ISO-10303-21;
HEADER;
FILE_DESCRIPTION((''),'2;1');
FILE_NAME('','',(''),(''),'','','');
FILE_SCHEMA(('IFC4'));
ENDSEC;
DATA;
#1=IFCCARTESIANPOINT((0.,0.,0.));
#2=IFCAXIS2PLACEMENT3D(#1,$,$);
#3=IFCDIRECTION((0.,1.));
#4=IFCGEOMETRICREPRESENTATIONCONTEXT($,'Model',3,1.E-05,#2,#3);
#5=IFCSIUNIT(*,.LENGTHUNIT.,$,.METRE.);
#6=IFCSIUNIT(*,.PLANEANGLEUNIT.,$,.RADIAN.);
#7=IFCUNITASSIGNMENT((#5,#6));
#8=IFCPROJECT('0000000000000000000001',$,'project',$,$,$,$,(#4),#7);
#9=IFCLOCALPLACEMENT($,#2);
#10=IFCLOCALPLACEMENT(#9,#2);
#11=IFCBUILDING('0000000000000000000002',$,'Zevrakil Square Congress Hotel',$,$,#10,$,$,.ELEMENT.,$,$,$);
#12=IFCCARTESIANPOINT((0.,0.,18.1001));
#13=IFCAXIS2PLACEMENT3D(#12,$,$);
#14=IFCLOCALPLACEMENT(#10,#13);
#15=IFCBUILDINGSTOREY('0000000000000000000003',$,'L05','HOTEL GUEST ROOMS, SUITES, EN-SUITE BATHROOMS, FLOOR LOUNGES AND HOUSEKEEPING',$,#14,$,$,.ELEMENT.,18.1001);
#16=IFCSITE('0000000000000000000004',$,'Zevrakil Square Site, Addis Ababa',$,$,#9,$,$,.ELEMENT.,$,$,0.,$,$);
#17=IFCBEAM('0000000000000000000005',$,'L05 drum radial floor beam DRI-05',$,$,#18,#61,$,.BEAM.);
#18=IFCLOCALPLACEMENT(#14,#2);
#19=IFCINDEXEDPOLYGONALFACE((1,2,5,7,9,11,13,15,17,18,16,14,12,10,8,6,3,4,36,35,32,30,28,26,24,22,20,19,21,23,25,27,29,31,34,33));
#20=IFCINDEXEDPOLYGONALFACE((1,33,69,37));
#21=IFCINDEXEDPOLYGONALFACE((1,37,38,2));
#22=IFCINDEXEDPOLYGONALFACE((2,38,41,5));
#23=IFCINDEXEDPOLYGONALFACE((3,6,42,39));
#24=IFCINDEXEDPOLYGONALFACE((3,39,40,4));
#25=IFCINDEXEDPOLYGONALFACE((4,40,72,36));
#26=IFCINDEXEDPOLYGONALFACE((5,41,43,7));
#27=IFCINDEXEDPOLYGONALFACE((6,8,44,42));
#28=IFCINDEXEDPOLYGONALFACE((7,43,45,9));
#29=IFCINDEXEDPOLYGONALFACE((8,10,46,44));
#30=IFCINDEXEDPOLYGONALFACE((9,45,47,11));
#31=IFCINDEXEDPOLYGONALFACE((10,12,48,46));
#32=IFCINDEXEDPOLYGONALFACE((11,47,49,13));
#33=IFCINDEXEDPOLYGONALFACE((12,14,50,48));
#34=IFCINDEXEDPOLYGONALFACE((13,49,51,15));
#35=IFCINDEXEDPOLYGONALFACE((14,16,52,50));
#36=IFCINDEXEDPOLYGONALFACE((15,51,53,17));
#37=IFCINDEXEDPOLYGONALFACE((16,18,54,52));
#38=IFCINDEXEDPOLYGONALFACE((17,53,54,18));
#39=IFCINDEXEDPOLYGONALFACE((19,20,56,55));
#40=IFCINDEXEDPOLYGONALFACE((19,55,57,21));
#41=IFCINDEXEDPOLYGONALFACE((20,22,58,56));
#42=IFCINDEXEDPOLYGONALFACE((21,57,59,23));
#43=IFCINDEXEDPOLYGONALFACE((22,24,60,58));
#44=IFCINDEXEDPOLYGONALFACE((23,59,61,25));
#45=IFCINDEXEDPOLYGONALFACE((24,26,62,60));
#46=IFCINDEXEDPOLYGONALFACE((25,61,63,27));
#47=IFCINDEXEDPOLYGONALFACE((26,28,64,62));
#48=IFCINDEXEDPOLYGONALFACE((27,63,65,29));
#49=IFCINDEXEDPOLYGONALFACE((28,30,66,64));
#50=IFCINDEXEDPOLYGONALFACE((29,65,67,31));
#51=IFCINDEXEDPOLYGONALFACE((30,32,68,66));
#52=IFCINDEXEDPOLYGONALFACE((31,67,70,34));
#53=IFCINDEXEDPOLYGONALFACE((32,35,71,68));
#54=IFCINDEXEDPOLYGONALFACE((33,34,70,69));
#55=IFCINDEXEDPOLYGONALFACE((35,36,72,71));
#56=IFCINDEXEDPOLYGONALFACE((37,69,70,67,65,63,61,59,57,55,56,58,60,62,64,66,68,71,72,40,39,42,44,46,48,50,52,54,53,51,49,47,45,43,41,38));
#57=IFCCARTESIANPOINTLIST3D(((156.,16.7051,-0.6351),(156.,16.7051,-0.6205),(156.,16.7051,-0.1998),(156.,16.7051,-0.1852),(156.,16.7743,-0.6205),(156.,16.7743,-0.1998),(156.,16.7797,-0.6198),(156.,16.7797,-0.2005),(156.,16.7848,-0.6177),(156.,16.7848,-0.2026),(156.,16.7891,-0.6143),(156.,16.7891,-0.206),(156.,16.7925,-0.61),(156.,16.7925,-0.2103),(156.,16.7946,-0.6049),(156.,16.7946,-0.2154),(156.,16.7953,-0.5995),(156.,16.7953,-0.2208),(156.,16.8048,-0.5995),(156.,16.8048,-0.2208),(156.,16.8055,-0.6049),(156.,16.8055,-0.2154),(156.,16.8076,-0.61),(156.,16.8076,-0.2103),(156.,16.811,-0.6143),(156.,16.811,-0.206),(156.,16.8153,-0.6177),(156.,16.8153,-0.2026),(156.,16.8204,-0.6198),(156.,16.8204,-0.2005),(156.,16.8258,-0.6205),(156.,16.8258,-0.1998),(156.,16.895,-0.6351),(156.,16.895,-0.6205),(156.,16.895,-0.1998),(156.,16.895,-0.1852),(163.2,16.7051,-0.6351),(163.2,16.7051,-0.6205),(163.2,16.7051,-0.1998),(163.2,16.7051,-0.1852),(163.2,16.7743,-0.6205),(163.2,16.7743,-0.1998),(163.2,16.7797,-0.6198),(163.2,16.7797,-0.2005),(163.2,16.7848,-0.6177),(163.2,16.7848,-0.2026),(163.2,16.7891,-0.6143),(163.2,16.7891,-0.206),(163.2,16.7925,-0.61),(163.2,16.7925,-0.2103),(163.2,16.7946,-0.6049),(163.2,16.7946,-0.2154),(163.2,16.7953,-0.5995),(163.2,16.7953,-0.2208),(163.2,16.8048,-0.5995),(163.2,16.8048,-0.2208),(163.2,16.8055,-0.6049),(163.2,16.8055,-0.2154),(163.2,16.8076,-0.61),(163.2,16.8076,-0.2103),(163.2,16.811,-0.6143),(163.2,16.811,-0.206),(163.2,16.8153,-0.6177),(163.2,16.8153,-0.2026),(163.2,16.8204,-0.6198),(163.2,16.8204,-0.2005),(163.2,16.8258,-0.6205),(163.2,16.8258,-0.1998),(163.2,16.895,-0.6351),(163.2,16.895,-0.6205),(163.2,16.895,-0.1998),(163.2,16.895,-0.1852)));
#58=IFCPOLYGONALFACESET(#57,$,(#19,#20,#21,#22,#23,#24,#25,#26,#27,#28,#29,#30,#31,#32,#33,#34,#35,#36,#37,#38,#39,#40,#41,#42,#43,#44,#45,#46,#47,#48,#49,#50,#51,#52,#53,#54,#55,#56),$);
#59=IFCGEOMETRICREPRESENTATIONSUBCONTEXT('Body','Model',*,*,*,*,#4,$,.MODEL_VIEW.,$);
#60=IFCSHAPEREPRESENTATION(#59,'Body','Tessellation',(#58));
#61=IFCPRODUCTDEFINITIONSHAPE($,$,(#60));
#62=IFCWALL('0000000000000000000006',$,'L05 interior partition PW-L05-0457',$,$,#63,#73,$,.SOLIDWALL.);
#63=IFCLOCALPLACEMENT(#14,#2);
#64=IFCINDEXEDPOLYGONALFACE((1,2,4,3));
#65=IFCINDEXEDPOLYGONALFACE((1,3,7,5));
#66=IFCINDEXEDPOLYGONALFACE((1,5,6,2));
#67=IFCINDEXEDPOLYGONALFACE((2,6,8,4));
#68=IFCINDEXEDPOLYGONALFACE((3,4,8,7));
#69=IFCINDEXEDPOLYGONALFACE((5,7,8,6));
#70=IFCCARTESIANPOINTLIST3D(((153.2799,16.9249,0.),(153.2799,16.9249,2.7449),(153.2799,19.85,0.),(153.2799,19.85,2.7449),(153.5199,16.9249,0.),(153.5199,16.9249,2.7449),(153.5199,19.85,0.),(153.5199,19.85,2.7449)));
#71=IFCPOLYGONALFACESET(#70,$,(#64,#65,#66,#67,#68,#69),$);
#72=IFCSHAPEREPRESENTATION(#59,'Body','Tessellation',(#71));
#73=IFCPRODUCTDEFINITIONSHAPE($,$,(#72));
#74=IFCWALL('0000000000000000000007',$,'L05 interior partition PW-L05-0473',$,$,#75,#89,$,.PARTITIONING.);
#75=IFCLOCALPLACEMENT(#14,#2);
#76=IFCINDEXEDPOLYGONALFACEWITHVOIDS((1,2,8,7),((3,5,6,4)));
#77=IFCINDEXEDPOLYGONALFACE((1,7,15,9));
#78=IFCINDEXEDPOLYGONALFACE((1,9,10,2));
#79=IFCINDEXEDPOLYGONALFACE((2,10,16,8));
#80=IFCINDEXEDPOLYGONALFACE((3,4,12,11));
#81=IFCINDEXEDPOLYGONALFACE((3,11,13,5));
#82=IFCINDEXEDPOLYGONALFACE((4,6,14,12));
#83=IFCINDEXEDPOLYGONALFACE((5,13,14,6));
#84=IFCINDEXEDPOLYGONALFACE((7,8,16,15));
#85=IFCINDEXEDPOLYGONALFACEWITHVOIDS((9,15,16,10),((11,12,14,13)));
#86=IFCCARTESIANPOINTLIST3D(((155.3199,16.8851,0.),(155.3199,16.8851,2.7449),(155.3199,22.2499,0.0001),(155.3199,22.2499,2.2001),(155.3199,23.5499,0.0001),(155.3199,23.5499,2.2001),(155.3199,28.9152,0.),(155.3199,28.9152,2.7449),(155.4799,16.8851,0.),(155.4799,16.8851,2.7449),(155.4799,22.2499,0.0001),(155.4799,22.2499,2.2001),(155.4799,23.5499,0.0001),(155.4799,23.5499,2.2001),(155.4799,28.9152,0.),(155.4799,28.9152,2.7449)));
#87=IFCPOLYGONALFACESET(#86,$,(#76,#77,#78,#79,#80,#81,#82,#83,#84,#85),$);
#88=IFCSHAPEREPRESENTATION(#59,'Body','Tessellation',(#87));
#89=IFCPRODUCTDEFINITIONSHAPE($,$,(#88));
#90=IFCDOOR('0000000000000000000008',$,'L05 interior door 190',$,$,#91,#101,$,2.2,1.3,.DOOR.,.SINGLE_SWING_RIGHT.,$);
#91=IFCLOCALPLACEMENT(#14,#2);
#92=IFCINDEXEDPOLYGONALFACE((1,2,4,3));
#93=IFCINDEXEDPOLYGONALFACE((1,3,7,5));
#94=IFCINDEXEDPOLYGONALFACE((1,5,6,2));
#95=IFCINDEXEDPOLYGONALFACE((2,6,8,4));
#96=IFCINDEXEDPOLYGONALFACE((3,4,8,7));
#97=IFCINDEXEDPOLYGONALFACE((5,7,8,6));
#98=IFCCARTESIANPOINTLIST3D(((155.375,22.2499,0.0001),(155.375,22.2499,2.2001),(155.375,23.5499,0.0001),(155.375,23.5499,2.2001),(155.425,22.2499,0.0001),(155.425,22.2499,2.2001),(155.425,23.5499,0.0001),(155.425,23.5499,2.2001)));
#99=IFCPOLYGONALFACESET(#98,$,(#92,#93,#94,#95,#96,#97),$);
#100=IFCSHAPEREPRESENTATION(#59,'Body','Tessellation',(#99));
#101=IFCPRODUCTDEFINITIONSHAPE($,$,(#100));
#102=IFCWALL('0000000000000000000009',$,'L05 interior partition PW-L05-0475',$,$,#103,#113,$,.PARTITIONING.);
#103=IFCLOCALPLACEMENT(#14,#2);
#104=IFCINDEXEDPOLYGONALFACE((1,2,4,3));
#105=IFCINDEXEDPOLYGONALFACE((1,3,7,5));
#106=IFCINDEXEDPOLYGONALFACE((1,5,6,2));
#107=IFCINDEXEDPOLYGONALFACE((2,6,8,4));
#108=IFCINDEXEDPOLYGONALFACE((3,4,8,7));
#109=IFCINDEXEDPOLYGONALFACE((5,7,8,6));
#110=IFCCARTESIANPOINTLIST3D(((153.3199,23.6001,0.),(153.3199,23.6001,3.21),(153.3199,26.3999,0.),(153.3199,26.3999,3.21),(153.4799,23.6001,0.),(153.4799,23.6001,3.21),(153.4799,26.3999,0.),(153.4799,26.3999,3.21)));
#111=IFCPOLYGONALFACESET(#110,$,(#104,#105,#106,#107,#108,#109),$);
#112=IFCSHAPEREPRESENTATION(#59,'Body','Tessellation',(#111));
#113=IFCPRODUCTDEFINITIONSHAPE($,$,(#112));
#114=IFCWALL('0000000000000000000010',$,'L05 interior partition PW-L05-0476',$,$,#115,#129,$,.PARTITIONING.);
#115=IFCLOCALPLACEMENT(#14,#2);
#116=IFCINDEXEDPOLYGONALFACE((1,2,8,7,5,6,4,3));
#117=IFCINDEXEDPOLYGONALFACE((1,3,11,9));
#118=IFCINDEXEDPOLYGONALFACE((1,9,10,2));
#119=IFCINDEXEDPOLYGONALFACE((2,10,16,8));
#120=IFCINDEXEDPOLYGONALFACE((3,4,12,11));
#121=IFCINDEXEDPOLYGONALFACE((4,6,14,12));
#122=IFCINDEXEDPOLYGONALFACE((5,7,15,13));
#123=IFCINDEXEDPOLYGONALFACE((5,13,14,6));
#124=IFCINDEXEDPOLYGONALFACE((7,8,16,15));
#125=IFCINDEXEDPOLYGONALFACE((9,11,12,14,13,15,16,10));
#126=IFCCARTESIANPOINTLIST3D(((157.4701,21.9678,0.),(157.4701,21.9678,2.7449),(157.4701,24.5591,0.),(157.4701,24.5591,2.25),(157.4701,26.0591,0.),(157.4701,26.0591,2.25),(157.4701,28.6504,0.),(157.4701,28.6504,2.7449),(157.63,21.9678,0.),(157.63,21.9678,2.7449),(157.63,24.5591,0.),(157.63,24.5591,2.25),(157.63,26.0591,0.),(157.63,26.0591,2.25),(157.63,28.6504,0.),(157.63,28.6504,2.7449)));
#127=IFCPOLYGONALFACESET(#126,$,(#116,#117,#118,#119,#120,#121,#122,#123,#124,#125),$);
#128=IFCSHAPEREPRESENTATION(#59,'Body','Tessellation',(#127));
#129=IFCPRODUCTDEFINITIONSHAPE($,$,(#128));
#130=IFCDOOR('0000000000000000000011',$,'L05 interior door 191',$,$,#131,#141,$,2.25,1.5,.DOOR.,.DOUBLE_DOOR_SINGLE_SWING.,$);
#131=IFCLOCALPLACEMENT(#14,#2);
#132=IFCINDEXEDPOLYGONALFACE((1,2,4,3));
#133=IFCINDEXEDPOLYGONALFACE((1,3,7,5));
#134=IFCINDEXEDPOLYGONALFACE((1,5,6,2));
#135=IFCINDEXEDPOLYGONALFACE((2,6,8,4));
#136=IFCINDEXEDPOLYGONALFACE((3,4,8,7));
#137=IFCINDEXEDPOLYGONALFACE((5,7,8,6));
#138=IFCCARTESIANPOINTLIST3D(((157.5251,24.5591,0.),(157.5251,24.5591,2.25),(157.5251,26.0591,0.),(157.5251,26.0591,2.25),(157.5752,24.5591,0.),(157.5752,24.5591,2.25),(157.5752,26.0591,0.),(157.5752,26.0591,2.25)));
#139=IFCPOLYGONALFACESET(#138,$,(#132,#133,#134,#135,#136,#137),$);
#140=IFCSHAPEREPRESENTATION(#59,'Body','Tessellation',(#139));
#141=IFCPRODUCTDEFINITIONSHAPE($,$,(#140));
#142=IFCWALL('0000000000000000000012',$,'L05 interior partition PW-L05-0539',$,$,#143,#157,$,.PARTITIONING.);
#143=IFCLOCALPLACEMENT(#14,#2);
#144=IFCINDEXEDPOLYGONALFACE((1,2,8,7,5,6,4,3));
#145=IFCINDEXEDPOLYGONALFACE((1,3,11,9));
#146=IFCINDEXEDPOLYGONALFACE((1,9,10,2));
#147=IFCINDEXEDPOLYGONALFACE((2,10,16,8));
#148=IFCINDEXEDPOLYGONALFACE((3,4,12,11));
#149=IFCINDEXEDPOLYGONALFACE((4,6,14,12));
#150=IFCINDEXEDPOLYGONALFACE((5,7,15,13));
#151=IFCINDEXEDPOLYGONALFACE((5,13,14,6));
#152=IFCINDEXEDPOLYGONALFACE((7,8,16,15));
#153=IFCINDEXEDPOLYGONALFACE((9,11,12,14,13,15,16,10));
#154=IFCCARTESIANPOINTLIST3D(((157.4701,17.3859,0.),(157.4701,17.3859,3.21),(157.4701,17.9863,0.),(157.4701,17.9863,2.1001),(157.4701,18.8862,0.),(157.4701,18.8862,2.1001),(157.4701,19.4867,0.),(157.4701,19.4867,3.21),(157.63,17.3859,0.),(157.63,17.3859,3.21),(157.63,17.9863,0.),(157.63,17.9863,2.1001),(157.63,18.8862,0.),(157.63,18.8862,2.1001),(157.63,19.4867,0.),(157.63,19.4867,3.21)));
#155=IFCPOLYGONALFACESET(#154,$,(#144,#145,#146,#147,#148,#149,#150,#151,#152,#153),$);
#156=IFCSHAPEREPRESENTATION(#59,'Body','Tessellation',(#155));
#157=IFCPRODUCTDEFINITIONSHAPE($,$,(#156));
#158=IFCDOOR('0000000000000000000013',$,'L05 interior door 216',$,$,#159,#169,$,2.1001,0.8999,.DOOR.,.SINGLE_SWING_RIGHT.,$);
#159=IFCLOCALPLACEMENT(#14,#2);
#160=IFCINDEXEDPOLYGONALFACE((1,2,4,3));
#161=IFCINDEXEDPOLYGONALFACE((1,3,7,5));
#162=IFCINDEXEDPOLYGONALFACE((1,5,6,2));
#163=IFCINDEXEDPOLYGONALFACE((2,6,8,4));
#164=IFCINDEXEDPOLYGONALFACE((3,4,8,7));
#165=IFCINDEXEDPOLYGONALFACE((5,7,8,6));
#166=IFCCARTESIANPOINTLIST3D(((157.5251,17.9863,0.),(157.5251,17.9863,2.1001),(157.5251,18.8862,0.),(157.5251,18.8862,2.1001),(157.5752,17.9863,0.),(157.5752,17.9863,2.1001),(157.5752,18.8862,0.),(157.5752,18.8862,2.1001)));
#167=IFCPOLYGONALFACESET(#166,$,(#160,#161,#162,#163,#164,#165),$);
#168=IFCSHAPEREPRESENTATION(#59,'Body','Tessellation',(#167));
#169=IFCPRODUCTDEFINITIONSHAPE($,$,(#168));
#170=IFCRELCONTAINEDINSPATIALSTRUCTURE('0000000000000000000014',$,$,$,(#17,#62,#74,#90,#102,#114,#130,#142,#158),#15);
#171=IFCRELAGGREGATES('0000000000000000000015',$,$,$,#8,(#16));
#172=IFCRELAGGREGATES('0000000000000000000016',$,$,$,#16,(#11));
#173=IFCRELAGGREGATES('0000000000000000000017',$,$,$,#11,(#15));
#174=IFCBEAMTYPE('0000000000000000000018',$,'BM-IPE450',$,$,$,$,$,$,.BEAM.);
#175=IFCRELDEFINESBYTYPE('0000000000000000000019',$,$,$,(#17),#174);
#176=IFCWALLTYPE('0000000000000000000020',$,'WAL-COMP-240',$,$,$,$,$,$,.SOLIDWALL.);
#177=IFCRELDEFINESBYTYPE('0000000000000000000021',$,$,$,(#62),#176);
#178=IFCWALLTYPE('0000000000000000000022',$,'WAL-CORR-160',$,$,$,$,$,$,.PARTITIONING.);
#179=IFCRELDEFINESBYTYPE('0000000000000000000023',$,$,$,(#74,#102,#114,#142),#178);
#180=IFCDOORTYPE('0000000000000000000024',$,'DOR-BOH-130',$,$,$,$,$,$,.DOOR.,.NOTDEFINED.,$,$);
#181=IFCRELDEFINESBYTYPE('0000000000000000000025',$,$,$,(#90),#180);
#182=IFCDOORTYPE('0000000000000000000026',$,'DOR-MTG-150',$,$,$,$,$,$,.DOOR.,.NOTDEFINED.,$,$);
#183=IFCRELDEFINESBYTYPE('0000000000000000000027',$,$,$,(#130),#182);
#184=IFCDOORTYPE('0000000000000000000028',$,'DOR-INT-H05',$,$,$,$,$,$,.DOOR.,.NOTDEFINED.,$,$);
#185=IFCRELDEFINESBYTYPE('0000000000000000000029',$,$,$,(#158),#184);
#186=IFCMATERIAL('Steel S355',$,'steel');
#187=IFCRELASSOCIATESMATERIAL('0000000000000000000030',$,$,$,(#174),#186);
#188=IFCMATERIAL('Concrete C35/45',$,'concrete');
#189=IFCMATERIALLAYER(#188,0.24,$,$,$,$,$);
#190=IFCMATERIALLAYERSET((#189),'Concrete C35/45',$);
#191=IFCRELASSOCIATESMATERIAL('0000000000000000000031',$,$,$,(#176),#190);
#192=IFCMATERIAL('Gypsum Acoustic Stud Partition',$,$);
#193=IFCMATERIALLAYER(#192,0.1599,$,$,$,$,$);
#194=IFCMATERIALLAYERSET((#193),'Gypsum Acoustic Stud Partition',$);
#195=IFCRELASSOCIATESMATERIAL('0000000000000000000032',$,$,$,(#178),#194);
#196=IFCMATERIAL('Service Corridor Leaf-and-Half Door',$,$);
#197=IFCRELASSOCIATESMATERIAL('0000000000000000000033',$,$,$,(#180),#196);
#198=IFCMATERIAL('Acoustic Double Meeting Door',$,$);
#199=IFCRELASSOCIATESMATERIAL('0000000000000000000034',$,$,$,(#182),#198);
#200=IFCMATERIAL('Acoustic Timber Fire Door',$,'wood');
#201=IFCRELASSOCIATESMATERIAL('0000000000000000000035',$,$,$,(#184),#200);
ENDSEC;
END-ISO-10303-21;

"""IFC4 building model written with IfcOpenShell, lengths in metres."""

from ifc_helpers import new_model, si_unit, direction, frame, frame_2d, origin, origin_2d, place, context, subcontext, project, spatial, rectangle, i_section, extrude, material, layer, layer_set, material_profile, profile_set, type_object, element, fill, save


model = new_model("IFC4")

# Units and contexts
model_context = context("Model", 3, precision=1e-05, world=origin(), true_north=direction((0.0, 1.0)))
body_context = subcontext(model_context, "Body", "Model", "MODEL_VIEW")
ifc_project = project(units=[si_unit("LENGTHUNIT", "METRE"), si_unit("PLANEANGLEUNIT", "RADIAN")], contexts=[model_context])

# Site, building, storey
site_placement = place(None, origin())
site = spatial("IfcSite", under=ifc_project, at=site_placement, Name="Zevrakil Square Site, Addis Ababa", CompositionType="ELEMENT", RefElevation=0.0)
building_placement = place(site_placement, origin())
building = spatial("IfcBuilding", under=site, at=building_placement, Name="Zevrakil Square Congress Hotel", CompositionType="ELEMENT")
storey_placement = place(building_placement, frame((0.0, 0.0, 18.1001)))
storey = spatial("IfcBuildingStorey", under=building, at=storey_placement, Name="L05", Description="HOTEL GUEST ROOMS, SUITES, EN-SUITE BATHROOMS, FLOOR LOUNGES AND HOUSEKEEPING", CompositionType="ELEMENT", Elevation=18.1001)

# Beam
ifc_material_1 = material(Name="Steel S355", Category="steel")
ifc_material_profile = material_profile(ifc_material_1, i_section(OverallWidth=0.1899, OverallDepth=0.45, WebThickness=0.0095, FlangeThickness=0.0146, FilletRadius=0.021, at=origin_2d()), Name="IPE 450")
ifc_profile_set = profile_set([ifc_material_profile], Name="Steel S355")
beam_type = type_object("IfcBeamType", Name="BM-IPE450", PredefinedType="BEAM", material=ifc_profile_set)
beam_placement = place(storey_placement, frame((156.0, 16.8, -0.4102), z_axis=(1.0, 0.0, 0.0), x_axis=(0.0, 1.0, 0.0)))
element("IfcBeam", 1, at=beam_placement, inside=storey, type_object=beam_type, Name="L05 drum radial floor beam DRI-05", PredefinedType="BEAM", context=body_context, shape_type="SweptSolid", body=[
    extrude(i_section(OverallWidth=0.1899, OverallDepth=0.45, WebThickness=0.0095, FlangeThickness=0.0146, FilletRadius=0.021, at=origin_2d()), origin(), (0.0, 0.0, 1.0), 7.2),
])

# Wall
ifc_material_2 = material(Name="Concrete C35/45", Category="concrete")
ifc_layer_1 = layer(ifc_material_2, 0.24)
ifc_layer_set_1 = layer_set([ifc_layer_1], Name="Concrete C35/45")
wall_type_1 = type_object("IfcWallType", Name="WAL-COMP-240", PredefinedType="SOLIDWALL", material=ifc_layer_set_1)
wall_1_placement = place(storey_placement, frame((153.3999, 16.925, 0.0), z_axis=(0.0, 0.0, 1.0), x_axis=(0.0, 1.0, 0.0)))
element("IfcWall", 2, at=wall_1_placement, inside=storey, type_object=wall_type_1, Name="L05 interior partition PW-L05-0457", PredefinedType="SOLIDWALL", context=body_context, shape_type="SweptSolid", body=[
    extrude(rectangle(XDim=2.925, YDim=0.24, at=frame_2d((1.4624, 0.0))), origin(), (0.0, 0.0, 1.0), 2.7449),
])

# Wall, opening, door
ifc_material_3 = material(Name="Gypsum Acoustic Stud Partition")
ifc_layer_2 = layer(ifc_material_3, 0.1599)
ifc_layer_set_2 = layer_set([ifc_layer_2], Name="Gypsum Acoustic Stud Partition")
wall_type_2 = type_object("IfcWallType", Name="WAL-CORR-160", PredefinedType="PARTITIONING", material=ifc_layer_set_2)
wall_2_placement = place(storey_placement, frame((155.3999, 16.885, 0.0), z_axis=(0.0, 0.0, 1.0), x_axis=(0.0, 1.0, 0.0)))
wall_2 = element("IfcWall", 3, at=wall_2_placement, inside=storey, type_object=wall_type_2, Name="L05 interior partition PW-L05-0473", PredefinedType="PARTITIONING", context=body_context, shape_type="SweptSolid", body=[
    extrude(rectangle(XDim=12.03, YDim=0.1599, at=frame_2d((6.0151, 0.0))), origin(), (0.0, 0.0, 1.0), 2.7449),
])
opening_1_placement = place(wall_2_placement, frame((5.365, 0.0, 0.0)))
opening_1 = element("IfcOpeningElement", 4, at=opening_1_placement, cuts=wall_2, PredefinedType="OPENING", context=body_context, shape_type="SweptSolid", body=[
    extrude(rectangle(XDim=1.3, YDim=2.2, at=frame_2d((0.6499, 1.1001))), frame((0.0, 0.0898, 0.0), z_axis=(0.0, -1.0, 0.0), x_axis=(1.0, 0.0, 0.0)), (0.0, 0.0, 1.0), 0.1799),
])
ifc_material_4 = material(Name="Service Corridor Leaf-and-Half Door")
door_type_1 = type_object("IfcDoorType", Name="DOR-BOH-130", OperationType="NOTDEFINED", PredefinedType="DOOR", material=ifc_material_4)
door_1_placement = place(opening_1_placement, origin())
door_1 = element("IfcDoor", 5, at=door_1_placement, inside=storey, type_object=door_type_1, Name="L05 interior door 190", OperationType="SINGLE_SWING_RIGHT", OverallHeight=2.2, OverallWidth=1.3, PredefinedType="DOOR", context=body_context, shape_type="SweptSolid", body=[
    extrude(rectangle(XDim=1.3, YDim=2.2, at=frame_2d((0.6499, 1.1001))), frame((0.0, 0.0249, 0.0), z_axis=(0.0, -1.0, 0.0), x_axis=(1.0, 0.0, 0.0)), (0.0, 0.0, 1.0), 0.05),
])
fill(opening_1, door_1)

# Wall
wall_3_placement = place(storey_placement, frame((153.3999, 23.6001, 0.0), z_axis=(0.0, 0.0, 1.0), x_axis=(0.0, 1.0, 0.0)))
element("IfcWall", 6, at=wall_3_placement, inside=storey, type_object=wall_type_2, Name="L05 interior partition PW-L05-0475", PredefinedType="PARTITIONING", context=body_context, shape_type="SweptSolid", body=[
    extrude(rectangle(XDim=2.7998, YDim=0.1599, at=frame_2d((1.3999, 0.0))), origin(), (0.0, 0.0, 1.0), 3.21),
])

# Walls, openings, doors
wall_4_placement = place(storey_placement, frame((157.55, 21.9678, 0.0), z_axis=(0.0, 0.0, 1.0), x_axis=(0.0, 1.0, 0.0)))
wall_4 = element("IfcWall", 7, at=wall_4_placement, inside=storey, type_object=wall_type_2, Name="L05 interior partition PW-L05-0476", PredefinedType="PARTITIONING", context=body_context, shape_type="SweptSolid", body=[
    extrude(rectangle(XDim=6.6826, YDim=0.1599, at=frame_2d((3.3413, 0.0))), origin(), (0.0, 0.0, 1.0), 2.7449),
])
opening_2_placement = place(wall_4_placement, frame((2.5913, 0.0, 0.0)))
opening_2 = element("IfcOpeningElement", 8, at=opening_2_placement, cuts=wall_4, PredefinedType="OPENING", context=body_context, shape_type="SweptSolid", body=[
    extrude(rectangle(XDim=1.5, YDim=2.25, at=frame_2d((0.75, 1.125))), frame((0.0, 0.0898, 0.0), z_axis=(0.0, -1.0, 0.0), x_axis=(1.0, 0.0, 0.0)), (0.0, 0.0, 1.0), 0.1799),
])
ifc_material_5 = material(Name="Acoustic Double Meeting Door")
door_type_2 = type_object("IfcDoorType", Name="DOR-MTG-150", OperationType="NOTDEFINED", PredefinedType="DOOR", material=ifc_material_5)
door_2_placement = place(opening_2_placement, origin())
door_2 = element("IfcDoor", 9, at=door_2_placement, inside=storey, type_object=door_type_2, Name="L05 interior door 191", OperationType="DOUBLE_DOOR_SINGLE_SWING", OverallHeight=2.25, OverallWidth=1.5, PredefinedType="DOOR", context=body_context, shape_type="SweptSolid", body=[
    extrude(rectangle(XDim=1.5, YDim=2.25, at=frame_2d((0.75, 1.125))), frame((0.0, 0.0249, 0.0), z_axis=(0.0, -1.0, 0.0), x_axis=(1.0, 0.0, 0.0)), (0.0, 0.0, 1.0), 0.05),
])
fill(opening_2, door_2)
wall_5_placement = place(storey_placement, frame((157.55, 17.386, 0.0), z_axis=(0.0, 0.0, 1.0), x_axis=(0.0, 1.0, 0.0)))
wall_5 = element("IfcWall", 10, at=wall_5_placement, inside=storey, type_object=wall_type_2, Name="L05 interior partition PW-L05-0539", PredefinedType="PARTITIONING", context=body_context, shape_type="SweptSolid", body=[
    extrude(rectangle(XDim=2.1008, YDim=0.1599, at=frame_2d((1.0503, 0.0))), origin(), (0.0, 0.0, 1.0), 3.21),
])
opening_3_placement = place(wall_5_placement, frame((0.6003, 0.0, 0.0)))
opening_3 = element("IfcOpeningElement", 11, at=opening_3_placement, cuts=wall_5, PredefinedType="OPENING", context=body_context, shape_type="SweptSolid", body=[
    extrude(rectangle(XDim=0.8999, YDim=2.1001, at=frame_2d((0.45, 1.05))), frame((0.0, 0.0898, 0.0), z_axis=(0.0, -1.0, 0.0), x_axis=(1.0, 0.0, 0.0)), (0.0, 0.0, 1.0), 0.1799),
])
ifc_material_6 = material(Name="Acoustic Timber Fire Door", Category="wood")
door_type_3 = type_object("IfcDoorType", Name="DOR-INT-H05", OperationType="NOTDEFINED", PredefinedType="DOOR", material=ifc_material_6)
door_3_placement = place(opening_3_placement, origin())
door_3 = element("IfcDoor", 12, at=door_3_placement, inside=storey, type_object=door_type_3, Name="L05 interior door 216", OperationType="SINGLE_SWING_RIGHT", OverallHeight=2.1001, OverallWidth=0.8999, PredefinedType="DOOR", context=body_context, shape_type="SweptSolid", body=[
    extrude(rectangle(XDim=0.8999, YDim=2.1001, at=frame_2d((0.45, 1.05))), frame((0.0, 0.0249, 0.0), z_axis=(0.0, -1.0, 0.0), x_axis=(1.0, 0.0, 0.0)), (0.0, 0.0, 1.0), 0.05),
])
fill(opening_3, door_3)

save(model, "model.ifc")
